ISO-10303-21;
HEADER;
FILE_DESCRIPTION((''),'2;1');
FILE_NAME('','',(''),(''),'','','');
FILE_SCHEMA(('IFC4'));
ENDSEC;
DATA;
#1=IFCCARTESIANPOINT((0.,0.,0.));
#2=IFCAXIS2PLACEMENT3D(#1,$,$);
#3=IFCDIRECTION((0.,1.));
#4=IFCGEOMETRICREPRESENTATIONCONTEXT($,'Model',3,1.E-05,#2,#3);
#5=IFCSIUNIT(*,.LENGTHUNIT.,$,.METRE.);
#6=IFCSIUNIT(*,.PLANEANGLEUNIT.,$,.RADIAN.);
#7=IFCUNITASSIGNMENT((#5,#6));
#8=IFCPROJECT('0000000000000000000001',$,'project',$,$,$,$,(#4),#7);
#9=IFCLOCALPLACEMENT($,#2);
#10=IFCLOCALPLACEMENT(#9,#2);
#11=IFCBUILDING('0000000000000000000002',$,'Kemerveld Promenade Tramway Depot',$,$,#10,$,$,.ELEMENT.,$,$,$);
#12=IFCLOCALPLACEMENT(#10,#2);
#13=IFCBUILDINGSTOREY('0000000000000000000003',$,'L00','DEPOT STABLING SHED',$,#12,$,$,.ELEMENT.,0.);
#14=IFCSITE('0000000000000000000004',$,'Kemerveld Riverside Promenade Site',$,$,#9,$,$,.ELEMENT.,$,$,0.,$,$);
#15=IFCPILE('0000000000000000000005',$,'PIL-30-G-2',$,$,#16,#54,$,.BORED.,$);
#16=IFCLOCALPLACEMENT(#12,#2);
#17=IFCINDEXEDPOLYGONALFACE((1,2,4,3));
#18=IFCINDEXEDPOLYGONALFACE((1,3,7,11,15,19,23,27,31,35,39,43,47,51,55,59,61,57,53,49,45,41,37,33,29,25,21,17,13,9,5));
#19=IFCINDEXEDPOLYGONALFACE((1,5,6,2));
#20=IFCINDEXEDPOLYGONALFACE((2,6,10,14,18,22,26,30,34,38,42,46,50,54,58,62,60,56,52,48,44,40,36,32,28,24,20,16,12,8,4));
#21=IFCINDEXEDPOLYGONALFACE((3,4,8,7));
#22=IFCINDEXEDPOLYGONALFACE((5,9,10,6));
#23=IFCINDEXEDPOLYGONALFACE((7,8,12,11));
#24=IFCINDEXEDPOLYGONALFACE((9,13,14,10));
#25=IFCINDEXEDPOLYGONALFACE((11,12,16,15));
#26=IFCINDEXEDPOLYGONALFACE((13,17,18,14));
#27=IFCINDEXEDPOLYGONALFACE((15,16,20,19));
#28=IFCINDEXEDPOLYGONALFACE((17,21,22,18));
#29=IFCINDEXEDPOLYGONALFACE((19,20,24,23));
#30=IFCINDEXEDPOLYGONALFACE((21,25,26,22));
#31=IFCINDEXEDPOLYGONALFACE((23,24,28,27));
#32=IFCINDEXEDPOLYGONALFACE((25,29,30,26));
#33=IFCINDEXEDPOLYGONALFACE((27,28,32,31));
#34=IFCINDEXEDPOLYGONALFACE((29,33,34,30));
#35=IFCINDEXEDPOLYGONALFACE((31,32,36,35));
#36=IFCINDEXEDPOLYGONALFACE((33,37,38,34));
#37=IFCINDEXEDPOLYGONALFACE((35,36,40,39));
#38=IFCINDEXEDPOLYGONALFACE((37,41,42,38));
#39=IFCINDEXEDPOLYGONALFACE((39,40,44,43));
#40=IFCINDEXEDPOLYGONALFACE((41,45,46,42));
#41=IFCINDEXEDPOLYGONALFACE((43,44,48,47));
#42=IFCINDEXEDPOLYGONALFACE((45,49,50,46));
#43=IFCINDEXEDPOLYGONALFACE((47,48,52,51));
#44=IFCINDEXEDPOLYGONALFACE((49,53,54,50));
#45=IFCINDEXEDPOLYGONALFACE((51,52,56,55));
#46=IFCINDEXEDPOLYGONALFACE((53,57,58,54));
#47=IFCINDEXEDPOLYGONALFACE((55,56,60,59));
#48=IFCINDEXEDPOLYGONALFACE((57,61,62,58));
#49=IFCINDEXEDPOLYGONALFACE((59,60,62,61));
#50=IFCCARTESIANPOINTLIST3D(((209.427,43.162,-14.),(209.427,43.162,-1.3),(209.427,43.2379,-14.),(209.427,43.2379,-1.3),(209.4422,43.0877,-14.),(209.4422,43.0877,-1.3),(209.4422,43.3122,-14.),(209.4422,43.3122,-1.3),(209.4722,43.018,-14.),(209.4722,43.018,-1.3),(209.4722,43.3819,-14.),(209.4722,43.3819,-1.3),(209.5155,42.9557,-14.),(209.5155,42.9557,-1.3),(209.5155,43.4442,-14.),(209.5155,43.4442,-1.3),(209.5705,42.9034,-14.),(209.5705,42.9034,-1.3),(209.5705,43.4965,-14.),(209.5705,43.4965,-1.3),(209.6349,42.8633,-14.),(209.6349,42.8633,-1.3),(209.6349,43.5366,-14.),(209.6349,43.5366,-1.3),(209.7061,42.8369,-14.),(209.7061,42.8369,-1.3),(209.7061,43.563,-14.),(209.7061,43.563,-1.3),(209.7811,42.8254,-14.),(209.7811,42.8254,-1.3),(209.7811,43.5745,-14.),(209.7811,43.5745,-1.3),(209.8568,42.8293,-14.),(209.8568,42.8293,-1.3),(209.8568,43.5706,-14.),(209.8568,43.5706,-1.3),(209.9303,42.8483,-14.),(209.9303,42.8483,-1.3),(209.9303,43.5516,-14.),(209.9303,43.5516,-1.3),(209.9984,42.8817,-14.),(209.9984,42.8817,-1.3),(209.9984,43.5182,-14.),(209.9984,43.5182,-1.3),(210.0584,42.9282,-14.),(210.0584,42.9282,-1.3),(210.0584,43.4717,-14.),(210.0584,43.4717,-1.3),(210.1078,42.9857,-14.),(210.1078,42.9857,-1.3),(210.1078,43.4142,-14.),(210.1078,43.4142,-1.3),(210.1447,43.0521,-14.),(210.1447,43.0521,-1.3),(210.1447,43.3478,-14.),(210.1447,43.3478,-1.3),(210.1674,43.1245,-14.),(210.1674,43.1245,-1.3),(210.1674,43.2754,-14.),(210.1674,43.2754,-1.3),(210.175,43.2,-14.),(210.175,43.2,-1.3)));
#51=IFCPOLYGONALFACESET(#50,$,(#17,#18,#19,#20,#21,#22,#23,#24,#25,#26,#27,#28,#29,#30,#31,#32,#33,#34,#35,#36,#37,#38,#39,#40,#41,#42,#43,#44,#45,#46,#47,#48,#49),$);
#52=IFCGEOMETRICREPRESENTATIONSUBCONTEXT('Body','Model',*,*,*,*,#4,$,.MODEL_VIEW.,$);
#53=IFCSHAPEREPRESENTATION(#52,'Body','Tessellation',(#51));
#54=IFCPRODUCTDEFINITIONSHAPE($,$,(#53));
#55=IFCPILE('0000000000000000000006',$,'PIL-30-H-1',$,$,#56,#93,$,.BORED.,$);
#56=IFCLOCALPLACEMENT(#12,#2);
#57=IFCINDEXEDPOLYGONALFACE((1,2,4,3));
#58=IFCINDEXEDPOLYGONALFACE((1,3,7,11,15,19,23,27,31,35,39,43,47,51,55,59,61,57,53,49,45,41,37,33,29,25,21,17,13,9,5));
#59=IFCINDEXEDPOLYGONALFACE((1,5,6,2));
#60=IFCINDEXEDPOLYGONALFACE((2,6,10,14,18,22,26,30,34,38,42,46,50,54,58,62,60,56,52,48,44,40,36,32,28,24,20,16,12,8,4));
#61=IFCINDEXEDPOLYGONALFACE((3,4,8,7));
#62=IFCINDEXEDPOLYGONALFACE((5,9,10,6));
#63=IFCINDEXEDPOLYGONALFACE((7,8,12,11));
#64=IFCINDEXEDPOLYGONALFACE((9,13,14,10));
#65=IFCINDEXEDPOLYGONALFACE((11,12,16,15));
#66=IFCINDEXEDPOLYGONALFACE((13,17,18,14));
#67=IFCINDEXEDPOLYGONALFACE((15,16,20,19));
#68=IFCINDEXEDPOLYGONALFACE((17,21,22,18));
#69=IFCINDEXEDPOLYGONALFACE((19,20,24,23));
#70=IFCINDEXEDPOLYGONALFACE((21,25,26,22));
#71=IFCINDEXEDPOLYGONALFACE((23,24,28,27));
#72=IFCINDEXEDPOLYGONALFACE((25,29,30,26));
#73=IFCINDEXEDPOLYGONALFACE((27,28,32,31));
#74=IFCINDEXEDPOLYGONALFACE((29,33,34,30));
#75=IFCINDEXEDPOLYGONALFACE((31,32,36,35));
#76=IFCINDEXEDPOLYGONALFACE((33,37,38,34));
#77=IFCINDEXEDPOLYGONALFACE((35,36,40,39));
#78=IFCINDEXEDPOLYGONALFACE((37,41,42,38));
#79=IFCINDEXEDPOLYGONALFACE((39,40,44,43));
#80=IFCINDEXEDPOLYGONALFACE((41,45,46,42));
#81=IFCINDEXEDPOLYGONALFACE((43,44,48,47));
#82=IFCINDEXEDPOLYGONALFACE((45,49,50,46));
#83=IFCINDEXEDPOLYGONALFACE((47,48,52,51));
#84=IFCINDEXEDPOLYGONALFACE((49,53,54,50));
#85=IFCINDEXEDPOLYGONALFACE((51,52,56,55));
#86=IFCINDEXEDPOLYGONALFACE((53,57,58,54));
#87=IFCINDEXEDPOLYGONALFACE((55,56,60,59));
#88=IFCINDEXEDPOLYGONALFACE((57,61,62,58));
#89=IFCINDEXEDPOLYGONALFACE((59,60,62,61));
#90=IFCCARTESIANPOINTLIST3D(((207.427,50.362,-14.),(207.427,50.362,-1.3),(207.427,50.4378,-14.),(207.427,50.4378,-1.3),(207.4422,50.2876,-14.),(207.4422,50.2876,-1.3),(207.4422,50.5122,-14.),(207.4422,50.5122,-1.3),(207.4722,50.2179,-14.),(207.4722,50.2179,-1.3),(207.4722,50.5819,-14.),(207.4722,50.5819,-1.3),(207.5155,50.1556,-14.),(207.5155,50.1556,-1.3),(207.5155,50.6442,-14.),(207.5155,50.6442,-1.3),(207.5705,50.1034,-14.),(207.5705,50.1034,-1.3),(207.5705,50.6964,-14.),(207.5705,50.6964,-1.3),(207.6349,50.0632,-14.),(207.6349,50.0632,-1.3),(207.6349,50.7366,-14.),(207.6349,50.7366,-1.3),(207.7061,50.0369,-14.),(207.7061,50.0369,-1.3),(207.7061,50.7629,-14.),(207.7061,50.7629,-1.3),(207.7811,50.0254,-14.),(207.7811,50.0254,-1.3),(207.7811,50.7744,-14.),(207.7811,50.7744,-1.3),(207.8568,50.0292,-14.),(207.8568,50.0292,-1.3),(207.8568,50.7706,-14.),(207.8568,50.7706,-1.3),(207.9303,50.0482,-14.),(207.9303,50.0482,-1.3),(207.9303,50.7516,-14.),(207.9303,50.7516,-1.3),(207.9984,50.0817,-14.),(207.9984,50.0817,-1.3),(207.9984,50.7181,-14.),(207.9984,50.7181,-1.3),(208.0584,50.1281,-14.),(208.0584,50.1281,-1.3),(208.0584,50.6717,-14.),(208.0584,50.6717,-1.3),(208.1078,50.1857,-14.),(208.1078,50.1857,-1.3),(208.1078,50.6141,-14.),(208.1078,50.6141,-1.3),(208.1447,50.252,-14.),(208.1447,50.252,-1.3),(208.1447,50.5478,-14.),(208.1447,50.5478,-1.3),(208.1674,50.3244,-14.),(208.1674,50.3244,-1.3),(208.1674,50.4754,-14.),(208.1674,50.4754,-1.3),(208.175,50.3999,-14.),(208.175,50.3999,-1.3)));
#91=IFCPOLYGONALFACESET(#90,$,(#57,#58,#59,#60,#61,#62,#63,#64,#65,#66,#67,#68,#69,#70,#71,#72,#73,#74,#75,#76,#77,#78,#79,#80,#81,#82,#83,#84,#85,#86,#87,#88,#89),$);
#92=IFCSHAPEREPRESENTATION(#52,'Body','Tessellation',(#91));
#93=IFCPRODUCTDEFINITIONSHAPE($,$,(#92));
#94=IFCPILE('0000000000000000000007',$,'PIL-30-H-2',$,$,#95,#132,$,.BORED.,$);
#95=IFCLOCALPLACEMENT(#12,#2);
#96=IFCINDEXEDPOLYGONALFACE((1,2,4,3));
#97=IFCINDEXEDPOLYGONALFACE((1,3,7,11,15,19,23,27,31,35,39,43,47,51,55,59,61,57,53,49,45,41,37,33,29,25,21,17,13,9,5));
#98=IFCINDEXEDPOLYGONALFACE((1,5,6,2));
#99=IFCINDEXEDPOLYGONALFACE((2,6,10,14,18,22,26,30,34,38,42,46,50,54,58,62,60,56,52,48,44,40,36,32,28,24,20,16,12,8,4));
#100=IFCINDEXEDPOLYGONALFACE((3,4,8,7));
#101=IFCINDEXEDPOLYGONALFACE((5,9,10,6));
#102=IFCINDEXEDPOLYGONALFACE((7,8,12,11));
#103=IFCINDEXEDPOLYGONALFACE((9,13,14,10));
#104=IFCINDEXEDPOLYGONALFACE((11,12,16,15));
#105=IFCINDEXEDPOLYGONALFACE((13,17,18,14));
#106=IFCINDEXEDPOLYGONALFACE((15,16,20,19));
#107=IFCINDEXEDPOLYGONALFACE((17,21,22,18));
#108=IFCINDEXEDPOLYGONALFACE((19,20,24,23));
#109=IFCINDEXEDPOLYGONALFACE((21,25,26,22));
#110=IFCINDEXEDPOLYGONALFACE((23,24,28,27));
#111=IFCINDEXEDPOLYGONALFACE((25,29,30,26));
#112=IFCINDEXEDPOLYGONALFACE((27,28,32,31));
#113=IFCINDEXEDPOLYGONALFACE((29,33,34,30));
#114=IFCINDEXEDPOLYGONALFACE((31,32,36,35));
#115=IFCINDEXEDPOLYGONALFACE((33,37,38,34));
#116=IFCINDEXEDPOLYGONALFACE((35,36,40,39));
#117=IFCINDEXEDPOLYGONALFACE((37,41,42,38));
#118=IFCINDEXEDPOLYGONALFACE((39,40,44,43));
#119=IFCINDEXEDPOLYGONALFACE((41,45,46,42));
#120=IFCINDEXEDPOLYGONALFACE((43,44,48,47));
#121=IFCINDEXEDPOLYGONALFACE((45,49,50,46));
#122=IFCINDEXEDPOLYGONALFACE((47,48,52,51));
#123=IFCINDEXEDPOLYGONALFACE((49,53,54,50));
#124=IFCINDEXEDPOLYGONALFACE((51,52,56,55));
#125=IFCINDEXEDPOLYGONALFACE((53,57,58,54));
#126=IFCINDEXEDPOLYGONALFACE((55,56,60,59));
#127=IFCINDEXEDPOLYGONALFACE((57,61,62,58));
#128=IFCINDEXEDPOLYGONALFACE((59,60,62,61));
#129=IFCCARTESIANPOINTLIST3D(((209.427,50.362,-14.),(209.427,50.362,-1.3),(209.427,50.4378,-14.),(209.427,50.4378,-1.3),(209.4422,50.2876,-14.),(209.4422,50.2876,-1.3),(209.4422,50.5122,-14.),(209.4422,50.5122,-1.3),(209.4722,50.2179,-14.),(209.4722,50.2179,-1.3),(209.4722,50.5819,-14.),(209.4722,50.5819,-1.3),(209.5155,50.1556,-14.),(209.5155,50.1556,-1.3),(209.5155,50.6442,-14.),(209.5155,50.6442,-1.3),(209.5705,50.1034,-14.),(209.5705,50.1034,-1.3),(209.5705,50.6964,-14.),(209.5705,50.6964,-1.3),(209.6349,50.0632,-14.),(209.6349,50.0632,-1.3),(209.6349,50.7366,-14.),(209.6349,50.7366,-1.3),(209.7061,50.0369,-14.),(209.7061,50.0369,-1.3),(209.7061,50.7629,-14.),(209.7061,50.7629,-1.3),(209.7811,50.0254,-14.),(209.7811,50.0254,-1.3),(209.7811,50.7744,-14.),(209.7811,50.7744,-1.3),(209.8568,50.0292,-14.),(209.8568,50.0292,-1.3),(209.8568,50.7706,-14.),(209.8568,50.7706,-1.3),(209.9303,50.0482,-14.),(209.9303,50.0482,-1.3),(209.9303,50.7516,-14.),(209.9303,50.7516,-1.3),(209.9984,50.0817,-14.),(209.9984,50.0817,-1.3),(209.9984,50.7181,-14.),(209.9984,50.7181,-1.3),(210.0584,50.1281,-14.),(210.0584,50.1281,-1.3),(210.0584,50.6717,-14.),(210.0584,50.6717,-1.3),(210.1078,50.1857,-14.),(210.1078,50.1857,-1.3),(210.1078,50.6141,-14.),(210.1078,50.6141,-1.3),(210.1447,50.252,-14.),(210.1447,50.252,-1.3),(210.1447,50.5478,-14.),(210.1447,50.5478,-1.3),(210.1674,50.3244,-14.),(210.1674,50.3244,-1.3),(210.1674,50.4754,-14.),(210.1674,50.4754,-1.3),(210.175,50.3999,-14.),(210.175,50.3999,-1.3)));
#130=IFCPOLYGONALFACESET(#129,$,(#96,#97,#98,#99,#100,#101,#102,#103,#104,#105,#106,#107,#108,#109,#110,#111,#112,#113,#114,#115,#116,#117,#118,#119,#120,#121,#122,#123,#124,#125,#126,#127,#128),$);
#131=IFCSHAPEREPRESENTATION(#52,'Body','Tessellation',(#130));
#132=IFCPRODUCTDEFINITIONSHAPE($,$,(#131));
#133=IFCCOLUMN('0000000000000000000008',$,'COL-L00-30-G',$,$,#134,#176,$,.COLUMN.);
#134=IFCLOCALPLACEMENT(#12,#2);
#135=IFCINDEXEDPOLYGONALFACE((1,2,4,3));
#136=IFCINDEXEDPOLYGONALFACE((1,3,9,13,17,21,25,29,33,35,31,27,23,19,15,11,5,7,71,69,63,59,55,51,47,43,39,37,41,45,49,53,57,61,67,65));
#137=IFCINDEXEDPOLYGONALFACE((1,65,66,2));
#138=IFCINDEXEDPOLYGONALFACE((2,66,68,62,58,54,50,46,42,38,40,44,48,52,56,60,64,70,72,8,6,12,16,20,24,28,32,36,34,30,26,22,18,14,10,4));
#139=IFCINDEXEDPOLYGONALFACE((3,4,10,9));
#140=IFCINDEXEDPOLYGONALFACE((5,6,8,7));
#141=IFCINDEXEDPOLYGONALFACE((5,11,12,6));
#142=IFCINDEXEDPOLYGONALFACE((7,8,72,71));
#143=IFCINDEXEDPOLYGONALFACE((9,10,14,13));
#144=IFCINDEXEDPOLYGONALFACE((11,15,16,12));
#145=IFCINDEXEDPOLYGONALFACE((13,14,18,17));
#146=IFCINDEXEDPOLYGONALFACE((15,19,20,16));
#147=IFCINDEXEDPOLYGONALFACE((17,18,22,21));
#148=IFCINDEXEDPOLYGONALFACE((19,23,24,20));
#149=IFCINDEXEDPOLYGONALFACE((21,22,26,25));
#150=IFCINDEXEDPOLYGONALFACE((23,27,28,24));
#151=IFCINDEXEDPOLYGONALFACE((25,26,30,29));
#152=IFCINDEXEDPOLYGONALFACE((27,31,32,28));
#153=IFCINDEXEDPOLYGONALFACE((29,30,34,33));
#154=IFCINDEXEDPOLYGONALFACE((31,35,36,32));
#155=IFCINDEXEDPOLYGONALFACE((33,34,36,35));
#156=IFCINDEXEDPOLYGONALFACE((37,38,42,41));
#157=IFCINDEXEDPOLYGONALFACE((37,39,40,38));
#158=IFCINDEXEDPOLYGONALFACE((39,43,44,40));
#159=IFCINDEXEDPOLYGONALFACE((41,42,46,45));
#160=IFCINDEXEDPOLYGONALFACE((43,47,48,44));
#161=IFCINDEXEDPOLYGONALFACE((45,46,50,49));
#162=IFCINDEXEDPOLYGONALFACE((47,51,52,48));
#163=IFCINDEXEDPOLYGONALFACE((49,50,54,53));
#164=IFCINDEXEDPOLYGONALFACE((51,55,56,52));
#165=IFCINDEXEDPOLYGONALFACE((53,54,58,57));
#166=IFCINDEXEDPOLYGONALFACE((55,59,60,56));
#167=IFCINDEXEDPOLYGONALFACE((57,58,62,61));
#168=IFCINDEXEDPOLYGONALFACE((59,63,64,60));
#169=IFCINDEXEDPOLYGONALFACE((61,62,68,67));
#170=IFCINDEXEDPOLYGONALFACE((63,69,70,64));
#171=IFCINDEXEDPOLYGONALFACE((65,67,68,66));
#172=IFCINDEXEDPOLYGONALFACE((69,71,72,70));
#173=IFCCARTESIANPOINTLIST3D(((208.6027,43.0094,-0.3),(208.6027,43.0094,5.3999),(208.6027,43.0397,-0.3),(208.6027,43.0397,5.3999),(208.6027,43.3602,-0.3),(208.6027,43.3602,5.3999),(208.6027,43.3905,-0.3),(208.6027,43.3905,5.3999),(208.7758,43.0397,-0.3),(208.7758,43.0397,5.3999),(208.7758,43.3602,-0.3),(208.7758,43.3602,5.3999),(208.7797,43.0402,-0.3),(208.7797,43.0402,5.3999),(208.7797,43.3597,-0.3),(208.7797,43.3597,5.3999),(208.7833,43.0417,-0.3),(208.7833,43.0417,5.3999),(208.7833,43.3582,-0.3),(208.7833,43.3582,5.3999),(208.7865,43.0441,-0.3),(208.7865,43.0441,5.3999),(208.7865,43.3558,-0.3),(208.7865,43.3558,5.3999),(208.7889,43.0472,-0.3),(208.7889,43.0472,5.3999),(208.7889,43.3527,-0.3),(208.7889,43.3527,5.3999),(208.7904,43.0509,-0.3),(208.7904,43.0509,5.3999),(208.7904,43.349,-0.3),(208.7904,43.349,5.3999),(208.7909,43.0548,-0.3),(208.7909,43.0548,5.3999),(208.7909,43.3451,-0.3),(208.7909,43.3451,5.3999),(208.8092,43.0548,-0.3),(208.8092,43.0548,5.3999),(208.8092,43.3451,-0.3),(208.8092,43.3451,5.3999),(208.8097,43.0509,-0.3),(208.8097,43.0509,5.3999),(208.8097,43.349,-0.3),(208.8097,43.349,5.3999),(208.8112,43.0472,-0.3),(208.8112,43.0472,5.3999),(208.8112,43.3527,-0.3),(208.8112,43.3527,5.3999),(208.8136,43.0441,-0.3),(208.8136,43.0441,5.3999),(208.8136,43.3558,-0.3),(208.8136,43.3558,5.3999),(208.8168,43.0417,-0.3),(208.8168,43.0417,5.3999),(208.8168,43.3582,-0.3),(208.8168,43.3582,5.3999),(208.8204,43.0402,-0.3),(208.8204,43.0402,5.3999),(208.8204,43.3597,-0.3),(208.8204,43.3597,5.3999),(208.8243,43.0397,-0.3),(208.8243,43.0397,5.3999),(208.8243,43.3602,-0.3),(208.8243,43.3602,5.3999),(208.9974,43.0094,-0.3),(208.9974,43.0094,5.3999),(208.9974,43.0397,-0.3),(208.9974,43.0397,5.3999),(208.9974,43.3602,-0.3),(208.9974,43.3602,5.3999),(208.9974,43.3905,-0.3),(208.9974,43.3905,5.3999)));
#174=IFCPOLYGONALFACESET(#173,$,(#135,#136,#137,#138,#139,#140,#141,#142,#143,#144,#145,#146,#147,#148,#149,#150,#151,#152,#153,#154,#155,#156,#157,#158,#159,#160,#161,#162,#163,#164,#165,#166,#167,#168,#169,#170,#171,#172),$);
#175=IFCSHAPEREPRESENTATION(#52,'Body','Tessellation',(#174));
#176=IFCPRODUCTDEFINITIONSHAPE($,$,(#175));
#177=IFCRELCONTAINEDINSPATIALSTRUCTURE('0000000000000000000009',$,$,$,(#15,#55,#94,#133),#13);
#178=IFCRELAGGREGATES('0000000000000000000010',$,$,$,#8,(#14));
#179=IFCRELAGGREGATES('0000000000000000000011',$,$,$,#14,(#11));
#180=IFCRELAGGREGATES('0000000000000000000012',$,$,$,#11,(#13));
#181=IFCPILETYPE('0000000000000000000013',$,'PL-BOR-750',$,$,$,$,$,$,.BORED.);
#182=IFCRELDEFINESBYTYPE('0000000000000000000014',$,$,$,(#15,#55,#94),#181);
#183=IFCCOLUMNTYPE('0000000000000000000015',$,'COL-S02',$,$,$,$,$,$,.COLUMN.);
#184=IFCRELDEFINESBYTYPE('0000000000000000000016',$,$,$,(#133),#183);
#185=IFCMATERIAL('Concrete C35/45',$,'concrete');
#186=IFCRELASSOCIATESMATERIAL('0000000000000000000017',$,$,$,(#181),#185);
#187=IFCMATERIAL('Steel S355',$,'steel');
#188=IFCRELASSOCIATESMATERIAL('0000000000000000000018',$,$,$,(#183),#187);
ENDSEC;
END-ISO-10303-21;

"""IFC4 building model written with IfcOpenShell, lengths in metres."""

from ifc_helpers import new_model, si_unit, direction, frame, origin, origin_2d, place, context, subcontext, project, spatial, circle, i_section, extrude, material, material_profile, profile_set, type_object, element, save


model = new_model("IFC4")

# Units and contexts
model_context = context("Model", 3, precision=1e-05, world=origin(), true_north=direction((0.0, 1.0)))
body_context = subcontext(model_context, "Body", "Model", "MODEL_VIEW")
ifc_project = project(units=[si_unit("LENGTHUNIT", "METRE"), si_unit("PLANEANGLEUNIT", "RADIAN")], contexts=[model_context])

# Site, building, storey
site_placement = place(None, origin())
site = spatial("IfcSite", under=ifc_project, at=site_placement, Name="Kemerveld Riverside Promenade Site", CompositionType="ELEMENT", RefElevation=0.0)
building_placement = place(site_placement, origin())
building = spatial("IfcBuilding", under=site, at=building_placement, Name="Kemerveld Promenade Tramway Depot", CompositionType="ELEMENT")
storey_placement = place(building_placement, origin())
storey = spatial("IfcBuildingStorey", under=building, at=storey_placement, Name="L00", Description="DEPOT STABLING SHED", CompositionType="ELEMENT", Elevation=0.0)

# Shared definitions
ifc_material_1 = material(Name="Concrete C35/45", Category="concrete")

# Piles
ifc_material_profile_1 = material_profile(ifc_material_1, circle(Radius=0.375, at=origin_2d()), Name="PILE-D750")
ifc_profile_set_1 = profile_set([ifc_material_profile_1], Name="Concrete C35/45")
pile_type_1 = type_object("IfcPileType", Name="PL-BOR-750", PredefinedType="BORED", material=ifc_profile_set_1)
for number, where, z_axis, x_axis, name in (
    (1, (209.8, 43.2, -1.3), (0.0, 0.0, -1.0), (1.0, 0.0, 0.0), "PIL-30-G-2"),
    (2, (207.8, 50.3999, -1.3), (0.0, 0.0, -1.0), (1.0, 0.0, 0.0), "PIL-30-H-1"),
    (3, (209.8, 50.3999, -1.3), (0.0, 0.0, -1.0), (1.0, 0.0, 0.0), "PIL-30-H-2"),
):
    element("IfcPile", number, at=place(storey_placement, frame(where, z_axis=z_axis, x_axis=x_axis)), inside=storey, type_object=pile_type_1, Name=name, PredefinedType="BORED", context=body_context, shape_type="SweptSolid", body=[
        extrude(circle(Radius=0.375, at=origin_2d()), origin(), (0.0, 0.0, 1.0), 12.7),
    ])

# Column
ifc_material_2 = material(Name="Steel S355", Category="steel")
ifc_material_profile_2 = material_profile(ifc_material_2, i_section(OverallWidth=0.3948, OverallDepth=0.3811, WebThickness=0.0183, FlangeThickness=0.0303, FilletRadius=0.0151, at=origin_2d()), Name="356x406x235 UC")
ifc_profile_set_2 = profile_set([ifc_material_profile_2], Name="Steel S355")
column_type = type_object("IfcColumnType", Name="COL-S02", PredefinedType="COLUMN", material=ifc_profile_set_2)
for number, where, z_axis, x_axis, name in (
    (4, (208.8, 43.2, -0.3), (0.0, 0.0, 1.0), (1.0, 0.0, 0.0), "COL-L00-30-G"),
):
    element("IfcColumn", number, at=place(storey_placement, frame(where, z_axis=z_axis, x_axis=x_axis)), inside=storey, type_object=column_type, Name=name, PredefinedType="COLUMN", context=body_context, shape_type="SweptSolid", body=[
        extrude(i_section(OverallWidth=0.3948, OverallDepth=0.3811, WebThickness=0.0183, FlangeThickness=0.0303, FilletRadius=0.0151, at=origin_2d()), origin(), (0.0, 0.0, 1.0), 5.7),
    ])

save(model, "model.ifc")
